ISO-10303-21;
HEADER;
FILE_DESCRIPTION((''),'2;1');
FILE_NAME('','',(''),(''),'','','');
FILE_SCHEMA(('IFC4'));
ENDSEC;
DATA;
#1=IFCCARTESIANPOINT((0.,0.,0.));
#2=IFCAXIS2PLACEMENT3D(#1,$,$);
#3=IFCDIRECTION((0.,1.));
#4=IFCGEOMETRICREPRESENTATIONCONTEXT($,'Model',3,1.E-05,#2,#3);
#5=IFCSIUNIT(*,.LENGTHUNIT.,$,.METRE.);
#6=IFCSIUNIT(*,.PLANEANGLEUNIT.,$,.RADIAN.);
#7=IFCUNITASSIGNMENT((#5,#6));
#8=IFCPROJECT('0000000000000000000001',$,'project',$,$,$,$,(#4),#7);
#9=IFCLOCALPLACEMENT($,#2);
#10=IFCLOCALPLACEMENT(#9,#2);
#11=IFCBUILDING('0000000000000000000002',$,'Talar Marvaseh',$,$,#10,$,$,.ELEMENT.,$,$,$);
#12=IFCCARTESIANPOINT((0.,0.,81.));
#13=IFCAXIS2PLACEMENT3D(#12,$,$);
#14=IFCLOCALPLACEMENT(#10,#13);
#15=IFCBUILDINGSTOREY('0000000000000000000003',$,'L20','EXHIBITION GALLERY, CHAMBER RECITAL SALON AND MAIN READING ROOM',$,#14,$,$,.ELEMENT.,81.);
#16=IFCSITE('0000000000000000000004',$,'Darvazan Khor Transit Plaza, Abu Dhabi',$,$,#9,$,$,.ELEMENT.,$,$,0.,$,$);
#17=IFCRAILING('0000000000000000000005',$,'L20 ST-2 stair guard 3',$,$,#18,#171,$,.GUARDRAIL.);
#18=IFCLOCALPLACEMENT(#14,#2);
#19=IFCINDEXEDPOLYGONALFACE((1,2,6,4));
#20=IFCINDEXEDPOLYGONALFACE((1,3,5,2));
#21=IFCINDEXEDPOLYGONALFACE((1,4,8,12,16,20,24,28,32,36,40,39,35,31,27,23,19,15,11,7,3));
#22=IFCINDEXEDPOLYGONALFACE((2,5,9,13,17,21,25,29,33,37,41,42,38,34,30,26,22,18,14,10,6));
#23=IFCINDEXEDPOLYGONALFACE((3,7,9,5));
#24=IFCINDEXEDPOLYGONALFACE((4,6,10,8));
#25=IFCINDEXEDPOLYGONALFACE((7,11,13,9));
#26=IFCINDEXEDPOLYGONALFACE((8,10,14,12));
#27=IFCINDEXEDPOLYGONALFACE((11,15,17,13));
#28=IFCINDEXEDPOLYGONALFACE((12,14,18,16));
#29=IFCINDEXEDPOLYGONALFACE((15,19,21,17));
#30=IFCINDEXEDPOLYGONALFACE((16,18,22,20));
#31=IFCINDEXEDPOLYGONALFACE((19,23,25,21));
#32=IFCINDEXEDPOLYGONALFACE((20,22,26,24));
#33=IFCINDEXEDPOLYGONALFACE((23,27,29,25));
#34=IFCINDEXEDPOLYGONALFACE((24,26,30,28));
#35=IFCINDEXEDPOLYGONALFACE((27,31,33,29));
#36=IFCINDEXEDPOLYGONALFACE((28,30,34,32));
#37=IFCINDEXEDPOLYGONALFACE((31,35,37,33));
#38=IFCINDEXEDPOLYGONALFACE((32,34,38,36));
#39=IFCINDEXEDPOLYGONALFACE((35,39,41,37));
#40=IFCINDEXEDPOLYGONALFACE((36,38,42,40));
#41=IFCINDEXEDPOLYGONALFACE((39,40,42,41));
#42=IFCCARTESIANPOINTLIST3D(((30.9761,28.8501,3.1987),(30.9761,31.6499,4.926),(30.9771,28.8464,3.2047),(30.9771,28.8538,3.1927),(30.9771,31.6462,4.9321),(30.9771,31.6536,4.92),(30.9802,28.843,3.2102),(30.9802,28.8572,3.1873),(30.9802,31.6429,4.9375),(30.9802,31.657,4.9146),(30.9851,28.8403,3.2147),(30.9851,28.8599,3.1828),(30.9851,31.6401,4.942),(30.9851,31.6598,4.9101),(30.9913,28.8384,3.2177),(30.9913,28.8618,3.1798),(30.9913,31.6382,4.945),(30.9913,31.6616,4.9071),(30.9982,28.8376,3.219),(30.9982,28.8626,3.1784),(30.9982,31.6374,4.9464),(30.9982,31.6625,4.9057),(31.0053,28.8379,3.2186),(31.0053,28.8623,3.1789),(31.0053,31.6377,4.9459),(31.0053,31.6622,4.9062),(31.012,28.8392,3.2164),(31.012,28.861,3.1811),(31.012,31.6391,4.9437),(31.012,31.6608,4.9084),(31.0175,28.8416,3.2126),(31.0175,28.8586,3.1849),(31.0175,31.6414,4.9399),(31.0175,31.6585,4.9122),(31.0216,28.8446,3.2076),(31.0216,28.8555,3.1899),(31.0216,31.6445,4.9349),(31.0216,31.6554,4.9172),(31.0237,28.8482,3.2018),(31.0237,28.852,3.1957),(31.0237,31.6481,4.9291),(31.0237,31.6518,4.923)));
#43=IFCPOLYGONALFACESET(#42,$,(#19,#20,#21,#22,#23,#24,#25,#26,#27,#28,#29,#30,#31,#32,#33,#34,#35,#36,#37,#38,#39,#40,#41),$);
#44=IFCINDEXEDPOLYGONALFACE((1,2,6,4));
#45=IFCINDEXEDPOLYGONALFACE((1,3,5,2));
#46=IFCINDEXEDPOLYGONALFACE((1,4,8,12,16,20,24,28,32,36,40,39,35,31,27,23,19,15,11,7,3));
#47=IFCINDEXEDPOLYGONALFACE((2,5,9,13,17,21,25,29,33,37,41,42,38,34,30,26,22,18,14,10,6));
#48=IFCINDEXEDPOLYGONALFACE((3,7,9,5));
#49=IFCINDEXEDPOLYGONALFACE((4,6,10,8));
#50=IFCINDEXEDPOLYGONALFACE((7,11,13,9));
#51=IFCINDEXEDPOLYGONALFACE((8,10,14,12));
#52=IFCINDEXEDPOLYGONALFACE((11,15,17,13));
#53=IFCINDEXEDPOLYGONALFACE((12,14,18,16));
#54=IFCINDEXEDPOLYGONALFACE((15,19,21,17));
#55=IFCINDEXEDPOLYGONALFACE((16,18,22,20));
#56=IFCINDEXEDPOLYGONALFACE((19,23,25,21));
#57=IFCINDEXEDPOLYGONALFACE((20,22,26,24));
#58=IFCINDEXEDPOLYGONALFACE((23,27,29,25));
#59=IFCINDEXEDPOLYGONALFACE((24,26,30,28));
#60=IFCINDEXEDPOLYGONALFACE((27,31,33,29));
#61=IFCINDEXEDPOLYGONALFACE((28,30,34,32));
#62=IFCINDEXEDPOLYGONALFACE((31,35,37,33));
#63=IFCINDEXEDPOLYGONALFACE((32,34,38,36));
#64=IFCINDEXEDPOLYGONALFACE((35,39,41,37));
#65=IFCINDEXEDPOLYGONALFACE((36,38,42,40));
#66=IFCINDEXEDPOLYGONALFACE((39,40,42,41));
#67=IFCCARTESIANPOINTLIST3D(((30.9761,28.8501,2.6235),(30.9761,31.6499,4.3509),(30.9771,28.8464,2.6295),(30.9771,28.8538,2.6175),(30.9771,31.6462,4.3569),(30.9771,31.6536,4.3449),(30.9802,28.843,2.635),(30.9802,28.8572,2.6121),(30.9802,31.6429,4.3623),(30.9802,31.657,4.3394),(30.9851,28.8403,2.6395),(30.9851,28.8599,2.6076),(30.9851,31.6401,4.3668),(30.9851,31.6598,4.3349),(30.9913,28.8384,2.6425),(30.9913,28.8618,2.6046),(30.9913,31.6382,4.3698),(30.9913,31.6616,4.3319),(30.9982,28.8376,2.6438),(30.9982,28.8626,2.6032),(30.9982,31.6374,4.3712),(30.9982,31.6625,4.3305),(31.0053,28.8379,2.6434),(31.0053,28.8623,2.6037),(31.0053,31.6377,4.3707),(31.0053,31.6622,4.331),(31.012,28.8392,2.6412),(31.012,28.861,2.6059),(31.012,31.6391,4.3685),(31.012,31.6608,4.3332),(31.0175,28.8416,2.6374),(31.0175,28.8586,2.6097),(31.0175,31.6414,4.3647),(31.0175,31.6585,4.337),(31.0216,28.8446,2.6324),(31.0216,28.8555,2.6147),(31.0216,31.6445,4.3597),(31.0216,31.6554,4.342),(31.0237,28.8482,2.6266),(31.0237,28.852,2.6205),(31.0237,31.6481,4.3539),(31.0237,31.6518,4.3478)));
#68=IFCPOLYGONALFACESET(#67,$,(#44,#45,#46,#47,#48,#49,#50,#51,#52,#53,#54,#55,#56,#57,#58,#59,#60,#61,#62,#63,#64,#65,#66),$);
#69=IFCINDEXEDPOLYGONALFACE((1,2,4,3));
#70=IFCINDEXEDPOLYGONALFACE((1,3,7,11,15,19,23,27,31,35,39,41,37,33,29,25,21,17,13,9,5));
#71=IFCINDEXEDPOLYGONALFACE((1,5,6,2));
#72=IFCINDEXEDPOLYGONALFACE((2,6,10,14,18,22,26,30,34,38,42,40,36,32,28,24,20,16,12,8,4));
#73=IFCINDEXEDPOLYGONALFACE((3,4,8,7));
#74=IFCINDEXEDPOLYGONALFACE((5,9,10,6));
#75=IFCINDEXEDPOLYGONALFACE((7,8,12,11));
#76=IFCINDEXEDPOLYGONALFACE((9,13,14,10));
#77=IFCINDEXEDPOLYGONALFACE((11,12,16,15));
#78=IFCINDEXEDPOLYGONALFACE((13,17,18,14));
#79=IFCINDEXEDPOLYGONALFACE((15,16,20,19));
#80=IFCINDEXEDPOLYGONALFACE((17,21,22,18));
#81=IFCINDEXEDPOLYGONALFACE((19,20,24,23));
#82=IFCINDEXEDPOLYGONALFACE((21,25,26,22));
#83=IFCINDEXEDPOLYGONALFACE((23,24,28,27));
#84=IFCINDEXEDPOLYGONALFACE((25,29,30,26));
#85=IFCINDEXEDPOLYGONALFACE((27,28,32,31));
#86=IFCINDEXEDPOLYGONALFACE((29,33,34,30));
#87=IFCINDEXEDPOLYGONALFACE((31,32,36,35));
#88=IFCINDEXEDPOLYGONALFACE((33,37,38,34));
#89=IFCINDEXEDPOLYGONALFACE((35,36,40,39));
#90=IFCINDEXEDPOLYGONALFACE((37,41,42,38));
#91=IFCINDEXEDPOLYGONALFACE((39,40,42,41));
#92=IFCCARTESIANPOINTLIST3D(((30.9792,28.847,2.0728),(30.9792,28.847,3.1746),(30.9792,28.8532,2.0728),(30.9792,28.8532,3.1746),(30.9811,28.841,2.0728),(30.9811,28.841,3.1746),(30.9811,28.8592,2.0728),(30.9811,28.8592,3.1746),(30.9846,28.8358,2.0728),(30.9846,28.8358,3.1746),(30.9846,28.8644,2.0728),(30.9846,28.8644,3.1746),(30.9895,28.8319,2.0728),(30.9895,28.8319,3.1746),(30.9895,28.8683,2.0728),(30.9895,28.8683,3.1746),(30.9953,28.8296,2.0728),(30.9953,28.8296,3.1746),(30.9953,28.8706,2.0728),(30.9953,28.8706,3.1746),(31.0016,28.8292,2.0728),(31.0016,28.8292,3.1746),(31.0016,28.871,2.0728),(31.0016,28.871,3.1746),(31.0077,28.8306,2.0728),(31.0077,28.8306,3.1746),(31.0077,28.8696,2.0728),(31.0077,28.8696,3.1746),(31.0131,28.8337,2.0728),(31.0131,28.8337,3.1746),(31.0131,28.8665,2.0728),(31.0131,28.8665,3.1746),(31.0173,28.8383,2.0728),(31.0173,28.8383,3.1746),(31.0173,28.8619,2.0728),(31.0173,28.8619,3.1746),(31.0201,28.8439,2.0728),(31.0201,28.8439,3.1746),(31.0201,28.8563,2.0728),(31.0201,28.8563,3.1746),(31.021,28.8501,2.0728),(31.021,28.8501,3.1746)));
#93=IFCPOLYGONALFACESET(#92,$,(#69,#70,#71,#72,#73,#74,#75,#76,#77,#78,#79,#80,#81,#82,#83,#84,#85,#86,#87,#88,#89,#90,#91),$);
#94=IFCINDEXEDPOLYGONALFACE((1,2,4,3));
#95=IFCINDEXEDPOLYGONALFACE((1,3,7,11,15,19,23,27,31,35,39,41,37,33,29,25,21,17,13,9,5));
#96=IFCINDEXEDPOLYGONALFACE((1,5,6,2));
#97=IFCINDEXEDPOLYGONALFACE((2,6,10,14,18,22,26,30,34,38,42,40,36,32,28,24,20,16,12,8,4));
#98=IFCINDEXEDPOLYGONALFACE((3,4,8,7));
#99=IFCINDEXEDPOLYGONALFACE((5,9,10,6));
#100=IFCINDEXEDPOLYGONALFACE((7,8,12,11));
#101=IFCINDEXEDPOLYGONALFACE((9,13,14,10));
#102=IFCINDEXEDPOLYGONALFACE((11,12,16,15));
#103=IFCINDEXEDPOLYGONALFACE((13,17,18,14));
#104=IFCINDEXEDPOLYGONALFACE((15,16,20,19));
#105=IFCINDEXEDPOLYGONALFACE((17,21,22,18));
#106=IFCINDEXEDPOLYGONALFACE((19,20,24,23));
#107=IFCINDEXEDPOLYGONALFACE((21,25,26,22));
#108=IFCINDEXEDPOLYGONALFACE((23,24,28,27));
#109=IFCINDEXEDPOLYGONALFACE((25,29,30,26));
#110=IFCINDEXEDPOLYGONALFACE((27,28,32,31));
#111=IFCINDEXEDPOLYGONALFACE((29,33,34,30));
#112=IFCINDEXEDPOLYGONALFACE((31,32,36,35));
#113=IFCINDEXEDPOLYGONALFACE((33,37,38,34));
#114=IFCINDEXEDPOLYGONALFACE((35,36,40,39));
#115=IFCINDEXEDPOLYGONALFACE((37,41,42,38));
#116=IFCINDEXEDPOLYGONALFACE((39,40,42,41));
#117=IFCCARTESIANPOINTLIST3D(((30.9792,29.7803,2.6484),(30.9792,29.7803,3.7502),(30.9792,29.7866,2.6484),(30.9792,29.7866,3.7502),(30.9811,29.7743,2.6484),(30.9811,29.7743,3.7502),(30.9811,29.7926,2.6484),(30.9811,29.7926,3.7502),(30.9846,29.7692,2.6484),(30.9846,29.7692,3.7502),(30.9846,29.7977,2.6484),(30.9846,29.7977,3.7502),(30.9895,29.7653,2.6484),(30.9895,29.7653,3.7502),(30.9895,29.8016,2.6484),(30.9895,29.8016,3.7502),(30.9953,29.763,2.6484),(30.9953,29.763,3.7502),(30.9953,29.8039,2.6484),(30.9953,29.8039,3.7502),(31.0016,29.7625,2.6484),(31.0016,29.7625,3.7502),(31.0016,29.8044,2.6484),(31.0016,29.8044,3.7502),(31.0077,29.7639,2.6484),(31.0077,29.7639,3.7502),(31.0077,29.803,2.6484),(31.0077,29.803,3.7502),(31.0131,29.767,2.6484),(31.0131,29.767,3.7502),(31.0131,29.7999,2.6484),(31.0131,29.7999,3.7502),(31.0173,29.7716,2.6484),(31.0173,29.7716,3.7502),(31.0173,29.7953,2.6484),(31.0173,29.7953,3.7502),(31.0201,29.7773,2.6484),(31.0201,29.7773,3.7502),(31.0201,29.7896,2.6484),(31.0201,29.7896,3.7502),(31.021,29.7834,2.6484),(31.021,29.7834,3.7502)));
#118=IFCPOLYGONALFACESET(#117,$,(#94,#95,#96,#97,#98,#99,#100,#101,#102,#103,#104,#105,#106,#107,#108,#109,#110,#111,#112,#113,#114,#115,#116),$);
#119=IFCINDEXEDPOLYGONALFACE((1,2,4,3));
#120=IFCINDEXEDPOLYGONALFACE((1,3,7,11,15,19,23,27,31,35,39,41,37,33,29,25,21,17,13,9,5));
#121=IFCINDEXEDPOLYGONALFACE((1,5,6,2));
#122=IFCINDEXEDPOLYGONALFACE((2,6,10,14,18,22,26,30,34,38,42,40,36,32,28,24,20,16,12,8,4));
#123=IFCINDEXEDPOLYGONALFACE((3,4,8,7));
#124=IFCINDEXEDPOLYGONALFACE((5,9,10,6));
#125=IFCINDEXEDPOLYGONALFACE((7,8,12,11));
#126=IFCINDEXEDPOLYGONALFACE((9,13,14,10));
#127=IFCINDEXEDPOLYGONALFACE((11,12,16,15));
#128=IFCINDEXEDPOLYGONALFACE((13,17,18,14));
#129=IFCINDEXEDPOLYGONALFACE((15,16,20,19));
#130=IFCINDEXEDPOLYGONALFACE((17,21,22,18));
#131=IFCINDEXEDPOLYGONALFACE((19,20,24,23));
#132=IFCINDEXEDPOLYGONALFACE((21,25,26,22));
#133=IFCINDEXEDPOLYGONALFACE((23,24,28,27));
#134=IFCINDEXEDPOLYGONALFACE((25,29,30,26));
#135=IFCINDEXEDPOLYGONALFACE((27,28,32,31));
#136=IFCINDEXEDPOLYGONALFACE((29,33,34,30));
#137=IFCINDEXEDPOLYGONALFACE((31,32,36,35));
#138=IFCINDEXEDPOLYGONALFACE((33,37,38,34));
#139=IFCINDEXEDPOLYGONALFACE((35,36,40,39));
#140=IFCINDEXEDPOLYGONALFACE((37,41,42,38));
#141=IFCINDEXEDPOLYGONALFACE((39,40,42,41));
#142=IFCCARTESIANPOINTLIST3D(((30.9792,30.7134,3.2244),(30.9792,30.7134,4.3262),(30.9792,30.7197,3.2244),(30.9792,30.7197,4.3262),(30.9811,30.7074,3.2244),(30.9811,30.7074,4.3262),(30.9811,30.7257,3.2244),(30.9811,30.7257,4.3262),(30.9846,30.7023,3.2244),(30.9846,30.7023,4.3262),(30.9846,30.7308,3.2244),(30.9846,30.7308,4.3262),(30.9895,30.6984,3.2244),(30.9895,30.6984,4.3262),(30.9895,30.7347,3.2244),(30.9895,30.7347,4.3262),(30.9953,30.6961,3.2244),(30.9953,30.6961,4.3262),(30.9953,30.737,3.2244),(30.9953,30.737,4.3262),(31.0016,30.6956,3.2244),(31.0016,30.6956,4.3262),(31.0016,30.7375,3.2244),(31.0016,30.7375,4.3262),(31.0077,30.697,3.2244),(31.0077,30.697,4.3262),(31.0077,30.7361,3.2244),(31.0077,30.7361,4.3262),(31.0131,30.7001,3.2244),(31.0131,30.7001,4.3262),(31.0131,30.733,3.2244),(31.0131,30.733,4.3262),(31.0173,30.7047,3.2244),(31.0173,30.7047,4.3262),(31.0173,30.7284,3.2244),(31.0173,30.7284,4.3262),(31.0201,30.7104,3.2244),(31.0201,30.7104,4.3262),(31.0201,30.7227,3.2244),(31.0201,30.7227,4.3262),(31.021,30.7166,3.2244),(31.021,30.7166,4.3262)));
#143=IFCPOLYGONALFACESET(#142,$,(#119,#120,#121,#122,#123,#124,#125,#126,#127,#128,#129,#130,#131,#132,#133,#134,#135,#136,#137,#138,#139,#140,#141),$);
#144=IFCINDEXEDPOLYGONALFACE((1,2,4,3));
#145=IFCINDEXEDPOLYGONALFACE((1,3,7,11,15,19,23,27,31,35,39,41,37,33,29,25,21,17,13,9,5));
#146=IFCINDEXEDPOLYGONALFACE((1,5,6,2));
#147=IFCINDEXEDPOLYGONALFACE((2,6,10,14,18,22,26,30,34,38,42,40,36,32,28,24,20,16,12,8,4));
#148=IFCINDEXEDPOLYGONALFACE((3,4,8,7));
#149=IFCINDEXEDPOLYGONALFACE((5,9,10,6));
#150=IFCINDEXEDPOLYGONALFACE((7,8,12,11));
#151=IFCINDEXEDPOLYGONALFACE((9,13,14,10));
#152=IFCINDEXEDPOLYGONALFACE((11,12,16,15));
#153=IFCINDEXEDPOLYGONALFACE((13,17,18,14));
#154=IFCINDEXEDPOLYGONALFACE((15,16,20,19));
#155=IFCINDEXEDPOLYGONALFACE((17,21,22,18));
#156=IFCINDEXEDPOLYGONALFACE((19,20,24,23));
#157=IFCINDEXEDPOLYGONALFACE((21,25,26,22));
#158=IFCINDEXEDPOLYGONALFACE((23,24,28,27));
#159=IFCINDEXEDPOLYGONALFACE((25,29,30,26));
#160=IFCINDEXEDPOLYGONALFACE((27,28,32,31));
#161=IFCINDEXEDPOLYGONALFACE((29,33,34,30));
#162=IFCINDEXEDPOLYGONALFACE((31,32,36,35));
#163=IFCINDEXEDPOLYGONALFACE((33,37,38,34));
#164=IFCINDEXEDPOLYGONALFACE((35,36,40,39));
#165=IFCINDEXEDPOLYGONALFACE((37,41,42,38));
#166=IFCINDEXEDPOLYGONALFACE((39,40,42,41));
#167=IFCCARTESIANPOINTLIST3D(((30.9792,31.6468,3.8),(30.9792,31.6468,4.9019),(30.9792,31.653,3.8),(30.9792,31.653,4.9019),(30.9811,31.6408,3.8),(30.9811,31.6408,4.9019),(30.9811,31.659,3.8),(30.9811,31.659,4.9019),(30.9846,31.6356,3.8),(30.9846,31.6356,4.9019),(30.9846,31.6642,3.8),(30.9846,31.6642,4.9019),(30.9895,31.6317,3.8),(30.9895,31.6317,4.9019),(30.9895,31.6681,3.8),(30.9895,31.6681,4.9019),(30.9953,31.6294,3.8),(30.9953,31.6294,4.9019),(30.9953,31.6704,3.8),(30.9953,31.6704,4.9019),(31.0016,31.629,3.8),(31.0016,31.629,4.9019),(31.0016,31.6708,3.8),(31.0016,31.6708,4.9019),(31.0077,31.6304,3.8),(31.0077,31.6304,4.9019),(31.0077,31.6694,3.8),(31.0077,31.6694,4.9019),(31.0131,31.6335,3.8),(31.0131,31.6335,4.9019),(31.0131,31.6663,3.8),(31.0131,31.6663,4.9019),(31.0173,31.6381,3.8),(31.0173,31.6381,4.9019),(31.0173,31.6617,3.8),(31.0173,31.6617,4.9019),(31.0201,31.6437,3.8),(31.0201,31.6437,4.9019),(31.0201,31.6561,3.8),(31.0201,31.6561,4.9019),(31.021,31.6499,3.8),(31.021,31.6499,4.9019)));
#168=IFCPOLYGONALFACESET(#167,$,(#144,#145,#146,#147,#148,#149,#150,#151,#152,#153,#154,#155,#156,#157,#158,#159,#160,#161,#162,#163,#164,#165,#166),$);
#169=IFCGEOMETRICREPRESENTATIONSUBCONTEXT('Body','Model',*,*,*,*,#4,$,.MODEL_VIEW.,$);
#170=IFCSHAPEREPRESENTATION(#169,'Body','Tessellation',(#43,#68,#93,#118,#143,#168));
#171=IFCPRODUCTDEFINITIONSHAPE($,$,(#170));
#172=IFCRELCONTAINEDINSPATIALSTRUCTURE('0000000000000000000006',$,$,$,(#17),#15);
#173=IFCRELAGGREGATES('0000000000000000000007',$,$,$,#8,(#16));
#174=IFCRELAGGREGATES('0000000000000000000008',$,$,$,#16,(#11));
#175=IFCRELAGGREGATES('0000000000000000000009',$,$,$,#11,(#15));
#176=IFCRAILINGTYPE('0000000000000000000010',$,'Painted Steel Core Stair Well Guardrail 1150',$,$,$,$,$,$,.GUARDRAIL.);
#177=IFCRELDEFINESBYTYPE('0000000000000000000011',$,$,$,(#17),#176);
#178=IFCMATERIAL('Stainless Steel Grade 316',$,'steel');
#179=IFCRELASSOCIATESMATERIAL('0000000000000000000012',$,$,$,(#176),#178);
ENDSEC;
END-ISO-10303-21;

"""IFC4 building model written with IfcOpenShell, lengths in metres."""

from ifc_helpers import new_model, si_unit, direction, frame, origin, origin_2d, place, context, subcontext, project, spatial, circle, extrude, material, type_object, element, save


model = new_model("IFC4")

# Units and contexts
model_context = context("Model", 3, precision=1e-05, world=origin(), true_north=direction((0.0, 1.0)))
body_context = subcontext(model_context, "Body", "Model", "MODEL_VIEW")
ifc_project = project(units=[si_unit("LENGTHUNIT", "METRE"), si_unit("PLANEANGLEUNIT", "RADIAN")], contexts=[model_context])

# Site, building, storey
site_placement = place(None, origin())
site = spatial("IfcSite", under=ifc_project, at=site_placement, Name="Darvazan Khor Transit Plaza, Abu Dhabi", CompositionType="ELEMENT", RefElevation=0.0)
building_placement = place(site_placement, origin())
building = spatial("IfcBuilding", under=site, at=building_placement, Name="Talar Marvaseh", CompositionType="ELEMENT")
storey_placement = place(building_placement, frame((0.0, 0.0, 81.0)))
storey = spatial("IfcBuildingStorey", under=building, at=storey_placement, Name="L20", Description="EXHIBITION GALLERY, CHAMBER RECITAL SALON AND MAIN READING ROOM", CompositionType="ELEMENT", Elevation=81.0)

# Railing
ifc_material_1 = material(Name="Stainless Steel Grade 316", Category="steel")
railing_type_1 = type_object("IfcRailingType", Name="Painted Steel Core Stair Well Guardrail 1150", PredefinedType="GUARDRAIL", material=ifc_material_1)
railing_1_placement = place(storey_placement, frame((31.0, 28.8501, 2.0728)))
element("IfcRailing", 1, at=railing_1_placement, inside=storey, type_object=railing_type_1, Name="L20 ST-2 stair guard 3", PredefinedType="GUARDRAIL", context=body_context, shape_type="SweptSolid", body=[
    extrude(circle(Radius=0.0239, at=origin_2d()), frame((0.0, 0.0, 1.126), z_axis=(0.0, 0.851069, 0.525054), x_axis=(-1.0, 0.0, 0.0)), (0.0, 0.0, 1.0), 3.2898),
    extrude(circle(Radius=0.0239, at=origin_2d()), frame((0.0, 0.0, 0.5508), z_axis=(0.0, 0.851069, 0.525054), x_axis=(-1.0, 0.0, 0.0)), (0.0, 0.0, 1.0), 3.2898),
    extrude(circle(Radius=0.021, at=origin_2d()), origin(), (0.0, 0.0, 1.0), 1.1018),
    extrude(circle(Radius=0.021, at=origin_2d()), frame((0.0, 0.9333, 0.5757)), (0.0, 0.0, 1.0), 1.1018),
    extrude(circle(Radius=0.021, at=origin_2d()), frame((0.0, 1.8665, 1.1516)), (0.0, 0.0, 1.0), 1.1018),
    extrude(circle(Radius=0.021, at=origin_2d()), frame((0.0, 2.7998, 1.7273)), (0.0, 0.0, 1.0), 1.1018),
])

save(model, "model.ifc")
